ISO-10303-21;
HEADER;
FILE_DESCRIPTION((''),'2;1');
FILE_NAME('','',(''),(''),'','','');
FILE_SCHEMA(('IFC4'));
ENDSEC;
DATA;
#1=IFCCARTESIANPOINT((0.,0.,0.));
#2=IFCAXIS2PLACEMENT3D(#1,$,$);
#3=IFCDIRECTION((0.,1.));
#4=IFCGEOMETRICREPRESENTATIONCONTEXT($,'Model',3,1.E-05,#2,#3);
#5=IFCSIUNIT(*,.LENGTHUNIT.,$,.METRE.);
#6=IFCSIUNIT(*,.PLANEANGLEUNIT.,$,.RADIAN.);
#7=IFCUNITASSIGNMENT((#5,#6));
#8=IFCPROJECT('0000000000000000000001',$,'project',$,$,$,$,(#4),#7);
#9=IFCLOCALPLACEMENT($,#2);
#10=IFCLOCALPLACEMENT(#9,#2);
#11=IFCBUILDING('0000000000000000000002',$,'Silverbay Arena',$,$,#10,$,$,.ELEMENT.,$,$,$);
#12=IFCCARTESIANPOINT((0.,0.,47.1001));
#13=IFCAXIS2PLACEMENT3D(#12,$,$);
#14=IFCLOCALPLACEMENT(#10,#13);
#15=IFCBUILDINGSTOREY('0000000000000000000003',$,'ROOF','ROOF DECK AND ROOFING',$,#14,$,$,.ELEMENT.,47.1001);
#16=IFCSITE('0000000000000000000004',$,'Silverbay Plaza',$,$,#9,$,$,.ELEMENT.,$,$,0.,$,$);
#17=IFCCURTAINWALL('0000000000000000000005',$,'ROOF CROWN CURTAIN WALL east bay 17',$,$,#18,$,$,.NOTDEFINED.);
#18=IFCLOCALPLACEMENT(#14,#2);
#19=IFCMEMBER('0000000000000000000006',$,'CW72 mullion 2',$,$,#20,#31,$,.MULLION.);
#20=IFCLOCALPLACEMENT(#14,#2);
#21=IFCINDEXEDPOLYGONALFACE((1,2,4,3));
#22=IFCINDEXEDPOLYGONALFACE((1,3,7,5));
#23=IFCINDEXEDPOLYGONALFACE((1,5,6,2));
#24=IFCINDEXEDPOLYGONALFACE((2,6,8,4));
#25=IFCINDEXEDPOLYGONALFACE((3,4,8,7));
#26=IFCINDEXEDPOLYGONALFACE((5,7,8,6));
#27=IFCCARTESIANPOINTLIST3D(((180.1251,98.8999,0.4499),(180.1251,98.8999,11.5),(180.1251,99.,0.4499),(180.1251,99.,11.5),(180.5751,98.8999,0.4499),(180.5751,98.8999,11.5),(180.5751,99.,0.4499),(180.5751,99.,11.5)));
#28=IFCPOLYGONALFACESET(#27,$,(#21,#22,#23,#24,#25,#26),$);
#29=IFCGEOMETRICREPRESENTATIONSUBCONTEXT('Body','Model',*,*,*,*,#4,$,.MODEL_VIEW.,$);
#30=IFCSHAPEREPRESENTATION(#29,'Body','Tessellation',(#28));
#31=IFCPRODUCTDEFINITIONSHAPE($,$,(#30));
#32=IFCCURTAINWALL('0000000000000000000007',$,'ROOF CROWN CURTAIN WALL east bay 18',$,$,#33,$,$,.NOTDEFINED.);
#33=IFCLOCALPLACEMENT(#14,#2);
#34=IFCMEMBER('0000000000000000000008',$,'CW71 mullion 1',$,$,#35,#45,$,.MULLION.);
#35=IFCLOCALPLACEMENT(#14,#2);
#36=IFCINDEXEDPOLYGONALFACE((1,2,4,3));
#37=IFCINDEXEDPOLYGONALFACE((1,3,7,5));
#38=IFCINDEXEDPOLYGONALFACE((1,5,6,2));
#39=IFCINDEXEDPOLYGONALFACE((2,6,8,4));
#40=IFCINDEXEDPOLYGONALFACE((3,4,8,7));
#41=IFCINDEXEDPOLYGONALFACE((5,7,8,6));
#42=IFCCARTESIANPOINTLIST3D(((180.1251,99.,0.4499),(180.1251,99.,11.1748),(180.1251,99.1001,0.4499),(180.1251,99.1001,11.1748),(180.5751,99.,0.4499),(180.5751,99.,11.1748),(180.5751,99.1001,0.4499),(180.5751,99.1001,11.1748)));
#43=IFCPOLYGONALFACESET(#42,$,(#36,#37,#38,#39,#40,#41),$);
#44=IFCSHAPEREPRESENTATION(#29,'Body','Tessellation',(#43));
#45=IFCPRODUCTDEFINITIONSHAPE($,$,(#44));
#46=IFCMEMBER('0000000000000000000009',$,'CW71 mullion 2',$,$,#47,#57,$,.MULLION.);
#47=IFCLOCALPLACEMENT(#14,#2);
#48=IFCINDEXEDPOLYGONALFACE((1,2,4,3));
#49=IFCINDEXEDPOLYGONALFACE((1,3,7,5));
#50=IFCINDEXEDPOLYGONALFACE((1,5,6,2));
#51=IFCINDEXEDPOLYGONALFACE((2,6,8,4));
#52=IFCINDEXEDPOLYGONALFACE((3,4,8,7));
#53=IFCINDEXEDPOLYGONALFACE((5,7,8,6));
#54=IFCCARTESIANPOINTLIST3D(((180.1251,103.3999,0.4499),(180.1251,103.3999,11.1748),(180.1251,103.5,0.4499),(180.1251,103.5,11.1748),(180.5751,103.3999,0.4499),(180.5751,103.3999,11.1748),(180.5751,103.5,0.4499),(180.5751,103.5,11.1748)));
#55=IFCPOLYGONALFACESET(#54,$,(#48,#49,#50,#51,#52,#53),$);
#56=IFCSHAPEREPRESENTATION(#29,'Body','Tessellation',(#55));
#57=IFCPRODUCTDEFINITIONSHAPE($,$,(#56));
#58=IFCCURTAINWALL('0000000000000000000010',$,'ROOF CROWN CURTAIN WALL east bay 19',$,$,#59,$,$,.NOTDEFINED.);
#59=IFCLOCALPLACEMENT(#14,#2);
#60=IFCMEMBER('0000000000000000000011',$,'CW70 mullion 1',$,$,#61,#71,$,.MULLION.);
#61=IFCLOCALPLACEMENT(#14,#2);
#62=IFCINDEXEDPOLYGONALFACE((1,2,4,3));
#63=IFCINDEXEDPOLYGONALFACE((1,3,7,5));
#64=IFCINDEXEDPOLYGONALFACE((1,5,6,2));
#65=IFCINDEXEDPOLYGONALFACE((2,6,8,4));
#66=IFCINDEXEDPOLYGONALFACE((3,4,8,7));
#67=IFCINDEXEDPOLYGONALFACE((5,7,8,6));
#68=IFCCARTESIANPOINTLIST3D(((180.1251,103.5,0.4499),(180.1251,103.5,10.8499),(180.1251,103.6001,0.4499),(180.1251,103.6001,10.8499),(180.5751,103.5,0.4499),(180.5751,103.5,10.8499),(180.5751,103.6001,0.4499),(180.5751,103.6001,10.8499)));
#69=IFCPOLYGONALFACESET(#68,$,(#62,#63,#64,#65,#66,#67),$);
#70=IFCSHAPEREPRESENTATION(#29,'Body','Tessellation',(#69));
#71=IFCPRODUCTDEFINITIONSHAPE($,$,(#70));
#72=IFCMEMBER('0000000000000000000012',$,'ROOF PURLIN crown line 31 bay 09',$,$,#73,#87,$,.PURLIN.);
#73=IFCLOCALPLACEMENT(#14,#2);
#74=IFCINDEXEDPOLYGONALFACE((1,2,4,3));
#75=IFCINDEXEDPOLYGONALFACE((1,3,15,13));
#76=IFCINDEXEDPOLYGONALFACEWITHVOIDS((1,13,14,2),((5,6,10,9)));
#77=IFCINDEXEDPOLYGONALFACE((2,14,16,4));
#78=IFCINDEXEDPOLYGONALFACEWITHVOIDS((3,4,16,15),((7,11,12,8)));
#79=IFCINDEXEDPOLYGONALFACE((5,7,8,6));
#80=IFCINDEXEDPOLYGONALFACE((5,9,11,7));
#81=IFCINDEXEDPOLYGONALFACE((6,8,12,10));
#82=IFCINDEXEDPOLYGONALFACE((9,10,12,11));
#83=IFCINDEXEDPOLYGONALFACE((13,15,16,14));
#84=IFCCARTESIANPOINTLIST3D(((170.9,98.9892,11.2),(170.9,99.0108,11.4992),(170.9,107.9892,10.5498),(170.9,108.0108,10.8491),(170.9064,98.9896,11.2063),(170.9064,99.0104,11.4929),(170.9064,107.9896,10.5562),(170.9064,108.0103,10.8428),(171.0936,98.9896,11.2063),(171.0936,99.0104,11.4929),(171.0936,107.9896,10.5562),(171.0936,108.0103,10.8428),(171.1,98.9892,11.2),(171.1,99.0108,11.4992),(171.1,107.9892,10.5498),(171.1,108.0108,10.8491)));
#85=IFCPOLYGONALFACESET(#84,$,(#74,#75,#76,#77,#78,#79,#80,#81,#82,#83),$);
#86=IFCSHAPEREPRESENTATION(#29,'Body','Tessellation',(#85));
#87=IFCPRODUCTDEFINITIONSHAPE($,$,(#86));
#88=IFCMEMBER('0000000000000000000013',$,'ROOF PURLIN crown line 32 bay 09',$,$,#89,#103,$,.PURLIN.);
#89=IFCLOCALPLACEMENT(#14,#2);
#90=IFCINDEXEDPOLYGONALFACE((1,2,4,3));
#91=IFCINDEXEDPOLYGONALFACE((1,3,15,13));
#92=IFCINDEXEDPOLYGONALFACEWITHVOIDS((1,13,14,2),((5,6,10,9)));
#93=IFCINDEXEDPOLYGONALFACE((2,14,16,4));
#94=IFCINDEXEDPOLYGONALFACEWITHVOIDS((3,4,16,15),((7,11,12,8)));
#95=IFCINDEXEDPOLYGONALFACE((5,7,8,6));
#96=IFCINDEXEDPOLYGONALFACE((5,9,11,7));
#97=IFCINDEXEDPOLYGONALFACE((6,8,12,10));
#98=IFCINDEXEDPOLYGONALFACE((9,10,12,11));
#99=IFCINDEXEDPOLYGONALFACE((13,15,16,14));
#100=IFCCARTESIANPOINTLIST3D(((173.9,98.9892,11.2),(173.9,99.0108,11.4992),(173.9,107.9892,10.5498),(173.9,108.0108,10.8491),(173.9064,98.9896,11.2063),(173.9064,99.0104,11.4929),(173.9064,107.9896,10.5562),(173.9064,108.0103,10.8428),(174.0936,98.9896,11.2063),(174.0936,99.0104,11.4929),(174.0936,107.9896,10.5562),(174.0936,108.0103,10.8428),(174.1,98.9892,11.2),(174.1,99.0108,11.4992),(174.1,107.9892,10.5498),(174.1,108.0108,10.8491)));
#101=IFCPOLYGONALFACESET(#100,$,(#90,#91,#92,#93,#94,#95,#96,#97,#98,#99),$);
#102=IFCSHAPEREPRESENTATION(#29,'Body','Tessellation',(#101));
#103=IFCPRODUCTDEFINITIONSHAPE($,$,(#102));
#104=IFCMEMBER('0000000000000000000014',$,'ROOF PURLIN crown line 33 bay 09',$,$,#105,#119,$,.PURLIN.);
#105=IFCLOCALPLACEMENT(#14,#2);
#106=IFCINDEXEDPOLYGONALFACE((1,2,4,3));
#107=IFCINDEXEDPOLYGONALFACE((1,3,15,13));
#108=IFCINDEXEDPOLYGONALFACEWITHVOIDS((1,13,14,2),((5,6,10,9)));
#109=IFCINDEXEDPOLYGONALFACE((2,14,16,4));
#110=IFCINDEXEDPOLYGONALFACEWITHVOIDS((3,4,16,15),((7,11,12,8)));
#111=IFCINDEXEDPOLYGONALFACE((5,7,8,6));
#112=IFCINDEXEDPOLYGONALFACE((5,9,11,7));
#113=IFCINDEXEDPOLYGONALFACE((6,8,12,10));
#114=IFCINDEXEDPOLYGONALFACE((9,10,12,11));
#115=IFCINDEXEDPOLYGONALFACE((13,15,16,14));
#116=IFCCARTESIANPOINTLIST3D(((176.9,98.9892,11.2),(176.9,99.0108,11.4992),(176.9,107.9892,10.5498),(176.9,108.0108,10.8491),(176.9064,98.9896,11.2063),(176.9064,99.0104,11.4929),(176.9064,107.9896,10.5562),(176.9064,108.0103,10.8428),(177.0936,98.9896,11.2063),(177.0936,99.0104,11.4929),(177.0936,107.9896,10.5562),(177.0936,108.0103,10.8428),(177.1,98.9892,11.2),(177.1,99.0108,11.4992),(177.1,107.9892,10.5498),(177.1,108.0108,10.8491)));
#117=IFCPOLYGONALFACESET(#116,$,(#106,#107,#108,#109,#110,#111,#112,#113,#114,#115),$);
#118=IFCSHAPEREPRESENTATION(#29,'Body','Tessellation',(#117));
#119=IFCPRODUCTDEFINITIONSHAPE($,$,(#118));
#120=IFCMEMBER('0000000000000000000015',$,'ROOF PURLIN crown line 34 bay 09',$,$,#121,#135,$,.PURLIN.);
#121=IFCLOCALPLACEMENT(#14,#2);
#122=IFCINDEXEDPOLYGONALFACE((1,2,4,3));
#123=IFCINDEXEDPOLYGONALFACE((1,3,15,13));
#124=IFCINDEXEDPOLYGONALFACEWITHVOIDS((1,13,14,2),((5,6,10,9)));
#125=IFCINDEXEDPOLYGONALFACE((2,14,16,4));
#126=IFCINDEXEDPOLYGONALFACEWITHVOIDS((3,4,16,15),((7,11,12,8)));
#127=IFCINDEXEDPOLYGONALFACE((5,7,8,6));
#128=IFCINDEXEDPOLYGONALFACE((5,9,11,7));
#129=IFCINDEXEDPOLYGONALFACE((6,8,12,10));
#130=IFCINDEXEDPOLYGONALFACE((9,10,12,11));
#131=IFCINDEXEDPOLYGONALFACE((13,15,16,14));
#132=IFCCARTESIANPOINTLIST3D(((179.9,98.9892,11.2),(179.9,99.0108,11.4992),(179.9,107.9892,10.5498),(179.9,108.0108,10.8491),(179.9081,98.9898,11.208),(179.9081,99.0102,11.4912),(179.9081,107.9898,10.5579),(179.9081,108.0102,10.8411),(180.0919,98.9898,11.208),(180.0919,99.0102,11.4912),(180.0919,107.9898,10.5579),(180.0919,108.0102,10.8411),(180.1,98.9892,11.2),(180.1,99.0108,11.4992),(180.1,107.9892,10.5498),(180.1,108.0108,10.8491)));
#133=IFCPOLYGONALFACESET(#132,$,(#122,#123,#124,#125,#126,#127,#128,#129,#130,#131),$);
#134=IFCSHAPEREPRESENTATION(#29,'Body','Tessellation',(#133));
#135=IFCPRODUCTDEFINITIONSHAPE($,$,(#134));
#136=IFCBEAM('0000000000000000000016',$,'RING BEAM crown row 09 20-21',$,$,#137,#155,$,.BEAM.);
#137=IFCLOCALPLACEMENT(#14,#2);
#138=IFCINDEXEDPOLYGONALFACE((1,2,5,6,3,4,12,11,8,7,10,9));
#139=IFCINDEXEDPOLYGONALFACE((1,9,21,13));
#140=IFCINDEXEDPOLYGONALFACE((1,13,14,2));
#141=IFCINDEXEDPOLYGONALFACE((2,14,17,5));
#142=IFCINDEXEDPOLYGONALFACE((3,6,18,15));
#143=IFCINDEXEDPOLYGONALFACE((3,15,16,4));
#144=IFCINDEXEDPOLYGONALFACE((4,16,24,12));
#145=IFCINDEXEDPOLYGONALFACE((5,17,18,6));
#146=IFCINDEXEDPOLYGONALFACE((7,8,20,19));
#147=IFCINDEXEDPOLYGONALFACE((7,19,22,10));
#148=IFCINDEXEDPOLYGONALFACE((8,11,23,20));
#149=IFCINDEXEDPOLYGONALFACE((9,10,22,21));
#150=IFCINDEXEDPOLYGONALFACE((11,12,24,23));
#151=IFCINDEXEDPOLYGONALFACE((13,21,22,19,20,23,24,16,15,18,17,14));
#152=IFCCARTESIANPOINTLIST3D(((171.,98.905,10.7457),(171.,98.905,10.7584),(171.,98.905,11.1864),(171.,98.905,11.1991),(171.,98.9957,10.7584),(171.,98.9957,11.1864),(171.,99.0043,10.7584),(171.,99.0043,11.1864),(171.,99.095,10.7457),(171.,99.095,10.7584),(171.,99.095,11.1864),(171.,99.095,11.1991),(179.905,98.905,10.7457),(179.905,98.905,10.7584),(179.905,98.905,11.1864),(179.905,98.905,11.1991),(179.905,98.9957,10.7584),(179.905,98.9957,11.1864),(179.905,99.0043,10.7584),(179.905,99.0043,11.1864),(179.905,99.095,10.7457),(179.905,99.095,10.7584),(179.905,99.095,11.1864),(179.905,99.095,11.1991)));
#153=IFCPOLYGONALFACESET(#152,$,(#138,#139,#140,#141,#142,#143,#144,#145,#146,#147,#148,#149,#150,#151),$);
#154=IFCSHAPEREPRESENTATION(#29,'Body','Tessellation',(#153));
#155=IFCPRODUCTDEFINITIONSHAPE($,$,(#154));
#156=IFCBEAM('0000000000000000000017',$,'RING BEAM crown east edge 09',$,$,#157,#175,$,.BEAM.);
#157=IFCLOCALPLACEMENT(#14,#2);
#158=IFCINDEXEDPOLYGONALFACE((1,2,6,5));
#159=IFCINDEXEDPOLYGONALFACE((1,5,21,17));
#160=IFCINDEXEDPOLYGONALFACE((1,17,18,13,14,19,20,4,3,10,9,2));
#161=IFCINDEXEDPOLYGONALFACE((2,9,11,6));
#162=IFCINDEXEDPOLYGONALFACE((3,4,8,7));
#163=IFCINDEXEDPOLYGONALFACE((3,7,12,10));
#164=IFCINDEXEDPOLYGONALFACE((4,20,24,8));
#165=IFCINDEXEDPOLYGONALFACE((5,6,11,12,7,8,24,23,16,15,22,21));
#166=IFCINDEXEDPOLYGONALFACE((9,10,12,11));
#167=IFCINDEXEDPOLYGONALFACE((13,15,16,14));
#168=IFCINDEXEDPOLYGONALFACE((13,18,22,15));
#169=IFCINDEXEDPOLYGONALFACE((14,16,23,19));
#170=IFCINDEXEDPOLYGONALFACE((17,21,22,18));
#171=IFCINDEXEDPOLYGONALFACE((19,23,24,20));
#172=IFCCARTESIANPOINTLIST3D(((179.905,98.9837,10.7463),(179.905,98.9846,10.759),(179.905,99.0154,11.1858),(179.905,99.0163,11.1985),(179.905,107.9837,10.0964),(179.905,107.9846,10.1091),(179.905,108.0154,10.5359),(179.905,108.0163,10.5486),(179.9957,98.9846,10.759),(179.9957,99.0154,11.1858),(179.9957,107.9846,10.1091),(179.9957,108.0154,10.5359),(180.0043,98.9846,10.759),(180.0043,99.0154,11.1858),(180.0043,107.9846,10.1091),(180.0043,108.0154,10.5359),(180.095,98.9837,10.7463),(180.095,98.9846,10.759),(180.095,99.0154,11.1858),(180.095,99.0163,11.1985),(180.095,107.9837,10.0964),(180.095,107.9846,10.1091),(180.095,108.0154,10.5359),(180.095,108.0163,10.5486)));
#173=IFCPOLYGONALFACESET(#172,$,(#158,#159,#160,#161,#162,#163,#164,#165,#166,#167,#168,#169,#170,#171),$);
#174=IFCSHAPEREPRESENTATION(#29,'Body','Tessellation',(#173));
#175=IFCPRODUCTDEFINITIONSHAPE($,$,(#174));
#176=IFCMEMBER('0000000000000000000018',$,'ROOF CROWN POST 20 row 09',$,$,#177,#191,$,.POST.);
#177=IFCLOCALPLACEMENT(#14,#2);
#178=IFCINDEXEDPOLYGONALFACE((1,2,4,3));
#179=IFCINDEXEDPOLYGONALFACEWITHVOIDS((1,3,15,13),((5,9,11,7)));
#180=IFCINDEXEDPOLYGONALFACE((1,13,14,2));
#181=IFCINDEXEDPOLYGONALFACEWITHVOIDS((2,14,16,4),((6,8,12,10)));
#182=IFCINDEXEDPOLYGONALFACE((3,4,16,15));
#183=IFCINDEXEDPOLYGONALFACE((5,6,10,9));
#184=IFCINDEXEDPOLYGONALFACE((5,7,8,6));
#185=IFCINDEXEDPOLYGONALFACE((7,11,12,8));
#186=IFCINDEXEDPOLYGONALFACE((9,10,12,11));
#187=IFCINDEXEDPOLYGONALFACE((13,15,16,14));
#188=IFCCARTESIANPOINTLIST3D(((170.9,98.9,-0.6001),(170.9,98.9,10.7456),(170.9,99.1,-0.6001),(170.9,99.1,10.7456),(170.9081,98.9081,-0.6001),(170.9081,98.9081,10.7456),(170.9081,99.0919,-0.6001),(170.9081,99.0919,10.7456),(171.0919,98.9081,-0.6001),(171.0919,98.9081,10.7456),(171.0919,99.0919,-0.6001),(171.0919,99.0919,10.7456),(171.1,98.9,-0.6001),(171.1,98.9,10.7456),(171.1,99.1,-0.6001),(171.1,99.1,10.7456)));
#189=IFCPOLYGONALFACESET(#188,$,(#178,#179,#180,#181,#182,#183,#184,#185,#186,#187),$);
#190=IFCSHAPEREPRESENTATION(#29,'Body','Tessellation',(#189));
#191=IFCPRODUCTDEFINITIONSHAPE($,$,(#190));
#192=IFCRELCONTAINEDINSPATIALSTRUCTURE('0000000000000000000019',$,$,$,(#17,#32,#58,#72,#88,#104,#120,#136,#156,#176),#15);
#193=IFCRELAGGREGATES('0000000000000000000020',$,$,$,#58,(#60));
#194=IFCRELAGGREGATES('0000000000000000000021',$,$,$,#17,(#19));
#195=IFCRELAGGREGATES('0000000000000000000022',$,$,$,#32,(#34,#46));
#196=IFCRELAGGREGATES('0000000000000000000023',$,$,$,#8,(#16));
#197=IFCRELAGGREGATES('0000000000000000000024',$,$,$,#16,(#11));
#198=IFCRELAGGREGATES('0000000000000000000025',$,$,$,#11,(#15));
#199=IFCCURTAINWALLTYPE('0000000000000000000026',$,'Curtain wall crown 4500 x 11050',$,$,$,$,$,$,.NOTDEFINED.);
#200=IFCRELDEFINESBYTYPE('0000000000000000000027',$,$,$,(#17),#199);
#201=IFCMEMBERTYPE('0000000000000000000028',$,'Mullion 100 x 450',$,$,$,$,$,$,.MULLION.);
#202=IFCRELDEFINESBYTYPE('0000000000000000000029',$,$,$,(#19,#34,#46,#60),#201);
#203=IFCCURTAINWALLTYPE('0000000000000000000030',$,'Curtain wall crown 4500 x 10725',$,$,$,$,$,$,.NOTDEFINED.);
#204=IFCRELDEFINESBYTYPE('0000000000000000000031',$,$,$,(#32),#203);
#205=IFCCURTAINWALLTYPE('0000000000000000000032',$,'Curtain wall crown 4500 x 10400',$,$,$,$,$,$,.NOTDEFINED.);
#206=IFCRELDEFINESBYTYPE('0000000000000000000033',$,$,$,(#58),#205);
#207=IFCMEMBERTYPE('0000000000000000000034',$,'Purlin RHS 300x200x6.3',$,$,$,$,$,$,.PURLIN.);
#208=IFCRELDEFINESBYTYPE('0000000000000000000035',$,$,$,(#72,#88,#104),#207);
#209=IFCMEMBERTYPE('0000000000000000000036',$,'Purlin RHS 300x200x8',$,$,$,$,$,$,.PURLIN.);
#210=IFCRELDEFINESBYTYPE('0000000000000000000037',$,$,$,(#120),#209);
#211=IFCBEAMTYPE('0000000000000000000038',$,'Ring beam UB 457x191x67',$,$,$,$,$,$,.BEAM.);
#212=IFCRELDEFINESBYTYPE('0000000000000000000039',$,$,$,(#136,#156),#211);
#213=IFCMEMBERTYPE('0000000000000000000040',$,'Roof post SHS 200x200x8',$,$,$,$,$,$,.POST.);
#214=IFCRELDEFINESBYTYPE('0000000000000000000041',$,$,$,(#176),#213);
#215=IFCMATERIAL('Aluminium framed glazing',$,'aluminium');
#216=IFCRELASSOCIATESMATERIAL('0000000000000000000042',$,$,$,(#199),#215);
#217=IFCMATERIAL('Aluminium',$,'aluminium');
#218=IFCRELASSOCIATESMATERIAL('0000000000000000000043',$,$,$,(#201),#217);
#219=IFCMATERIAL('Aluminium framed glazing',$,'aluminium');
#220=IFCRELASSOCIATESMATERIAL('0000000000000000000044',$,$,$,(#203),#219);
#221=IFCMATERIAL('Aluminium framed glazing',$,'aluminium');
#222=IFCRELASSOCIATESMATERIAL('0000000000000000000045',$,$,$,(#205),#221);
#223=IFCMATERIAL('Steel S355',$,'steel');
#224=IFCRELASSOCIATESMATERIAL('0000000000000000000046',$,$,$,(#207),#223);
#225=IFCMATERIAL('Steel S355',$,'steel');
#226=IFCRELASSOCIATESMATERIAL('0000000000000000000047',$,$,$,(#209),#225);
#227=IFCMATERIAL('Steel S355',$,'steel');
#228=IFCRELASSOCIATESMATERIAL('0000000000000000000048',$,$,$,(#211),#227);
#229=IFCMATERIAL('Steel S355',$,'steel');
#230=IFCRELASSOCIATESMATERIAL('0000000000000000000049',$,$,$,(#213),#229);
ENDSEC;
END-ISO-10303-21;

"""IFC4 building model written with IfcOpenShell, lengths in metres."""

from ifc_helpers import new_model, si_unit, direction, frame, origin, origin_2d, place, context, subcontext, project, spatial, rectangle, hollow_rectangle, i_section, extrude, material, material_profile, profile_set, type_object, element, aggregate, save


model = new_model("IFC4")

# Units and contexts
model_context = context("Model", 3, precision=1e-05, world=origin(), true_north=direction((0.0, 1.0)))
body_context = subcontext(model_context, "Body", "Model", "MODEL_VIEW")
ifc_project = project(units=[si_unit("LENGTHUNIT", "METRE"), si_unit("PLANEANGLEUNIT", "RADIAN")], contexts=[model_context])

# Site, building, storey
site_placement = place(None, origin())
site = spatial("IfcSite", under=ifc_project, at=site_placement, Name="Silverbay Plaza", CompositionType="ELEMENT", RefElevation=0.0)
building_placement = place(site_placement, origin())
building = spatial("IfcBuilding", under=site, at=building_placement, Name="Silverbay Arena", CompositionType="ELEMENT")
storey_placement = place(building_placement, frame((0.0, 0.0, 47.1001)))
storey = spatial("IfcBuildingStorey", under=building, at=storey_placement, Name="ROOF", Description="ROOF DECK AND ROOFING", CompositionType="ELEMENT", Elevation=47.1001)

# Curtain wall, member
ifc_material_1 = material(Name="Aluminium framed glazing", Category="aluminium")
curtain_wall_type_1 = type_object("IfcCurtainWallType", Name="Curtain wall crown 4500 x 11050", PredefinedType="NOTDEFINED", material=ifc_material_1)
curtain_wall_1_placement = place(storey_placement, origin())
curtain_wall_1 = element("IfcCurtainWall", 1, at=curtain_wall_1_placement, inside=storey, type_object=curtain_wall_type_1, Name="ROOF CROWN CURTAIN WALL east bay 17", PredefinedType="NOTDEFINED")
ifc_material_2 = material(Name="Aluminium", Category="aluminium")
ifc_material_profile_1 = material_profile(ifc_material_2, rectangle(XDim=0.45, YDim=0.1001, at=origin_2d()), Name="Mullion 100 x 450")
ifc_profile_set_1 = profile_set([ifc_material_profile_1], Name="Aluminium")
member_type_1 = type_object("IfcMemberType", Name="Mullion 100 x 450", PredefinedType="MULLION", material=ifc_profile_set_1)
placement = place(building_placement, frame((0.0, 0.0, 33.5)))
member_1_placement = place(placement, frame((180.3501, 98.95, 14.05), z_axis=(0.0, 0.0, 1.0), x_axis=(-1.0, 0.0, 0.0)))
member_1 = element("IfcMember", 2, at=member_1_placement, type_object=member_type_1, Name="CW72 mullion 2", PredefinedType="MULLION", context=body_context, shape_type="SweptSolid", body=[
    extrude(rectangle(XDim=0.45, YDim=0.1001, at=origin_2d()), origin(), (0.0, 0.0, 1.0), 11.05),
])

# Curtain wall, members
ifc_material_3 = material(Name="Aluminium framed glazing", Category="aluminium")
curtain_wall_type_2 = type_object("IfcCurtainWallType", Name="Curtain wall crown 4500 x 10725", PredefinedType="NOTDEFINED", material=ifc_material_3)
curtain_wall_2_placement = place(storey_placement, origin())
curtain_wall_2 = element("IfcCurtainWall", 3, at=curtain_wall_2_placement, inside=storey, type_object=curtain_wall_type_2, Name="ROOF CROWN CURTAIN WALL east bay 18", PredefinedType="NOTDEFINED")
member_2_placement = place(placement, frame((180.3501, 99.05, 14.05), z_axis=(0.0, 0.0, 1.0), x_axis=(-1.0, 0.0, 0.0)))
member_2 = element("IfcMember", 4, at=member_2_placement, type_object=member_type_1, Name="CW71 mullion 1", PredefinedType="MULLION", context=body_context, shape_type="SweptSolid", body=[
    extrude(rectangle(XDim=0.45, YDim=0.1001, at=origin_2d()), origin(), (0.0, 0.0, 1.0), 10.7249),
])
member_3_placement = place(placement, frame((180.3501, 103.45, 14.05), z_axis=(0.0, 0.0, 1.0), x_axis=(-1.0, 0.0, 0.0)))
member_3 = element("IfcMember", 5, at=member_3_placement, type_object=member_type_1, Name="CW71 mullion 2", PredefinedType="MULLION", context=body_context, shape_type="SweptSolid", body=[
    extrude(rectangle(XDim=0.45, YDim=0.1001, at=origin_2d()), origin(), (0.0, 0.0, 1.0), 10.7249),
])

# Curtain wall, member
ifc_material_4 = material(Name="Aluminium framed glazing", Category="aluminium")
curtain_wall_type_3 = type_object("IfcCurtainWallType", Name="Curtain wall crown 4500 x 10400", PredefinedType="NOTDEFINED", material=ifc_material_4)
curtain_wall_3_placement = place(storey_placement, origin())
curtain_wall_3 = element("IfcCurtainWall", 6, at=curtain_wall_3_placement, inside=storey, type_object=curtain_wall_type_3, Name="ROOF CROWN CURTAIN WALL east bay 19", PredefinedType="NOTDEFINED")
member_4_placement = place(placement, frame((180.3501, 103.55, 14.05), z_axis=(0.0, 0.0, 1.0), x_axis=(-1.0, 0.0, 0.0)))
member_4 = element("IfcMember", 7, at=member_4_placement, type_object=member_type_1, Name="CW70 mullion 1", PredefinedType="MULLION", context=body_context, shape_type="SweptSolid", body=[
    extrude(rectangle(XDim=0.45, YDim=0.1001, at=origin_2d()), origin(), (0.0, 0.0, 1.0), 10.3999),
])

# Members
ifc_material_5 = material(Name="Steel S355", Category="steel")
ifc_material_profile_2 = material_profile(ifc_material_5, hollow_rectangle(XDim=0.2, YDim=0.3, WallThickness=0.0063, at=origin_2d()), Name="RHS 300x200x6.3")
ifc_profile_set_2 = profile_set([ifc_material_profile_2], Name="Steel S355")
member_type_2 = type_object("IfcMemberType", Name="Purlin RHS 300x200x6.3", PredefinedType="PURLIN", material=ifc_profile_set_2)
for number, where, z_axis, x_axis, name in (
    (8, (171.0, 99.0, 11.3496), (0.0, 0.997401, -0.072051), (-1.0, 0.0, 0.0), "ROOF PURLIN crown line 31 bay 09"),
    (9, (174.0, 99.0, 11.3496), (0.0, 0.997401, -0.072051), (-1.0, 0.0, 0.0), "ROOF PURLIN crown line 32 bay 09"),
    (10, (177.0, 99.0, 11.3496), (0.0, 0.997401, -0.072051), (-1.0, 0.0, 0.0), "ROOF PURLIN crown line 33 bay 09"),
):
    element("IfcMember", number, at=place(storey_placement, frame(where, z_axis=z_axis, x_axis=x_axis)), inside=storey, type_object=member_type_2, Name=name, PredefinedType="PURLIN", context=body_context, shape_type="SweptSolid", body=[
        extrude(hollow_rectangle(XDim=0.2, YDim=0.3, WallThickness=0.0063, at=origin_2d()), origin(), (0.0, 0.0, 1.0), 9.0234),
    ])
ifc_material_6 = material(Name="Steel S355", Category="steel")
ifc_material_profile_3 = material_profile(ifc_material_6, hollow_rectangle(XDim=0.2, YDim=0.3, WallThickness=0.0081, at=origin_2d()), Name="RHS 300x200x8")
ifc_profile_set_3 = profile_set([ifc_material_profile_3], Name="Steel S355")
member_type_3 = type_object("IfcMemberType", Name="Purlin RHS 300x200x8", PredefinedType="PURLIN", material=ifc_profile_set_3)
member_5_placement = place(storey_placement, frame((180.0, 99.0, 11.3496), z_axis=(0.0, 0.997401, -0.072051), x_axis=(-1.0, 0.0, 0.0)))
element("IfcMember", 11, at=member_5_placement, inside=storey, type_object=member_type_3, Name="ROOF PURLIN crown line 34 bay 09", PredefinedType="PURLIN", context=body_context, shape_type="SweptSolid", body=[
    extrude(hollow_rectangle(XDim=0.2, YDim=0.3, WallThickness=0.0081, at=origin_2d()), origin(), (0.0, 0.0, 1.0), 9.0234),
])

# Beams
ifc_material_7 = material(Name="Steel S355", Category="steel")
ifc_material_profile_4 = material_profile(ifc_material_7, i_section(OverallWidth=0.1899, OverallDepth=0.4534, WebThickness=0.0085, FlangeThickness=0.0127, at=origin_2d()), Name="UB 457x191x67")
ifc_profile_set_4 = profile_set([ifc_material_profile_4], Name="Steel S355")
beam_type = type_object("IfcBeamType", Name="Ring beam UB 457x191x67", PredefinedType="BEAM", material=ifc_profile_set_4)
beam_1_placement = place(storey_placement, frame((171.0, 99.0, 10.9724), z_axis=(1.0, 0.0, 0.0), x_axis=(0.0, 1.0, 0.0)))
element("IfcBeam", 12, at=beam_1_placement, inside=storey, type_object=beam_type, Name="RING BEAM crown row 09 20-21", PredefinedType="BEAM", context=body_context, shape_type="SweptSolid", body=[
    extrude(i_section(OverallWidth=0.1899, OverallDepth=0.4534, WebThickness=0.0085, FlangeThickness=0.0127, at=origin_2d()), origin(), (0.0, 0.0, 1.0), 8.905),
])
beam_2_placement = place(storey_placement, frame((180.0, 99.0, 10.9724), z_axis=(0.0, 0.997403, -0.072024), x_axis=(-1.0, 0.0, 0.0)))
element("IfcBeam", 13, at=beam_2_placement, inside=storey, type_object=beam_type, Name="RING BEAM crown east edge 09", PredefinedType="BEAM", context=body_context, shape_type="SweptSolid", body=[
    extrude(i_section(OverallWidth=0.1899, OverallDepth=0.4534, WebThickness=0.0085, FlangeThickness=0.0127, at=origin_2d()), origin(), (0.0, 0.0, 1.0), 9.0234),
])

# Member
ifc_material_8 = material(Name="Steel S355", Category="steel")
ifc_material_profile_5 = material_profile(ifc_material_8, hollow_rectangle(XDim=0.2, YDim=0.2, WallThickness=0.0081, at=origin_2d()), Name="SHS 200x200x8")
ifc_profile_set_5 = profile_set([ifc_material_profile_5], Name="Steel S355")
member_type_4 = type_object("IfcMemberType", Name="Roof post SHS 200x200x8", PredefinedType="POST", material=ifc_profile_set_5)
member_6_placement = place(storey_placement, frame((171.0, 99.0, -0.6001), z_axis=(0.0, 0.0, 1.0), x_axis=(1.0, 0.0, 0.0)))
element("IfcMember", 14, at=member_6_placement, inside=storey, type_object=member_type_4, Name="ROOF CROWN POST 20 row 09", PredefinedType="POST", context=body_context, shape_type="SweptSolid", body=[
    extrude(hollow_rectangle(XDim=0.2, YDim=0.2, WallThickness=0.0081, at=origin_2d()), origin(), (0.0, 0.0, 1.0), 11.3457),
])

aggregate(curtain_wall_3, [member_4])

aggregate(curtain_wall_1, [member_1])
aggregate(curtain_wall_2, [member_2, member_3])

save(model, "model.ifc")
